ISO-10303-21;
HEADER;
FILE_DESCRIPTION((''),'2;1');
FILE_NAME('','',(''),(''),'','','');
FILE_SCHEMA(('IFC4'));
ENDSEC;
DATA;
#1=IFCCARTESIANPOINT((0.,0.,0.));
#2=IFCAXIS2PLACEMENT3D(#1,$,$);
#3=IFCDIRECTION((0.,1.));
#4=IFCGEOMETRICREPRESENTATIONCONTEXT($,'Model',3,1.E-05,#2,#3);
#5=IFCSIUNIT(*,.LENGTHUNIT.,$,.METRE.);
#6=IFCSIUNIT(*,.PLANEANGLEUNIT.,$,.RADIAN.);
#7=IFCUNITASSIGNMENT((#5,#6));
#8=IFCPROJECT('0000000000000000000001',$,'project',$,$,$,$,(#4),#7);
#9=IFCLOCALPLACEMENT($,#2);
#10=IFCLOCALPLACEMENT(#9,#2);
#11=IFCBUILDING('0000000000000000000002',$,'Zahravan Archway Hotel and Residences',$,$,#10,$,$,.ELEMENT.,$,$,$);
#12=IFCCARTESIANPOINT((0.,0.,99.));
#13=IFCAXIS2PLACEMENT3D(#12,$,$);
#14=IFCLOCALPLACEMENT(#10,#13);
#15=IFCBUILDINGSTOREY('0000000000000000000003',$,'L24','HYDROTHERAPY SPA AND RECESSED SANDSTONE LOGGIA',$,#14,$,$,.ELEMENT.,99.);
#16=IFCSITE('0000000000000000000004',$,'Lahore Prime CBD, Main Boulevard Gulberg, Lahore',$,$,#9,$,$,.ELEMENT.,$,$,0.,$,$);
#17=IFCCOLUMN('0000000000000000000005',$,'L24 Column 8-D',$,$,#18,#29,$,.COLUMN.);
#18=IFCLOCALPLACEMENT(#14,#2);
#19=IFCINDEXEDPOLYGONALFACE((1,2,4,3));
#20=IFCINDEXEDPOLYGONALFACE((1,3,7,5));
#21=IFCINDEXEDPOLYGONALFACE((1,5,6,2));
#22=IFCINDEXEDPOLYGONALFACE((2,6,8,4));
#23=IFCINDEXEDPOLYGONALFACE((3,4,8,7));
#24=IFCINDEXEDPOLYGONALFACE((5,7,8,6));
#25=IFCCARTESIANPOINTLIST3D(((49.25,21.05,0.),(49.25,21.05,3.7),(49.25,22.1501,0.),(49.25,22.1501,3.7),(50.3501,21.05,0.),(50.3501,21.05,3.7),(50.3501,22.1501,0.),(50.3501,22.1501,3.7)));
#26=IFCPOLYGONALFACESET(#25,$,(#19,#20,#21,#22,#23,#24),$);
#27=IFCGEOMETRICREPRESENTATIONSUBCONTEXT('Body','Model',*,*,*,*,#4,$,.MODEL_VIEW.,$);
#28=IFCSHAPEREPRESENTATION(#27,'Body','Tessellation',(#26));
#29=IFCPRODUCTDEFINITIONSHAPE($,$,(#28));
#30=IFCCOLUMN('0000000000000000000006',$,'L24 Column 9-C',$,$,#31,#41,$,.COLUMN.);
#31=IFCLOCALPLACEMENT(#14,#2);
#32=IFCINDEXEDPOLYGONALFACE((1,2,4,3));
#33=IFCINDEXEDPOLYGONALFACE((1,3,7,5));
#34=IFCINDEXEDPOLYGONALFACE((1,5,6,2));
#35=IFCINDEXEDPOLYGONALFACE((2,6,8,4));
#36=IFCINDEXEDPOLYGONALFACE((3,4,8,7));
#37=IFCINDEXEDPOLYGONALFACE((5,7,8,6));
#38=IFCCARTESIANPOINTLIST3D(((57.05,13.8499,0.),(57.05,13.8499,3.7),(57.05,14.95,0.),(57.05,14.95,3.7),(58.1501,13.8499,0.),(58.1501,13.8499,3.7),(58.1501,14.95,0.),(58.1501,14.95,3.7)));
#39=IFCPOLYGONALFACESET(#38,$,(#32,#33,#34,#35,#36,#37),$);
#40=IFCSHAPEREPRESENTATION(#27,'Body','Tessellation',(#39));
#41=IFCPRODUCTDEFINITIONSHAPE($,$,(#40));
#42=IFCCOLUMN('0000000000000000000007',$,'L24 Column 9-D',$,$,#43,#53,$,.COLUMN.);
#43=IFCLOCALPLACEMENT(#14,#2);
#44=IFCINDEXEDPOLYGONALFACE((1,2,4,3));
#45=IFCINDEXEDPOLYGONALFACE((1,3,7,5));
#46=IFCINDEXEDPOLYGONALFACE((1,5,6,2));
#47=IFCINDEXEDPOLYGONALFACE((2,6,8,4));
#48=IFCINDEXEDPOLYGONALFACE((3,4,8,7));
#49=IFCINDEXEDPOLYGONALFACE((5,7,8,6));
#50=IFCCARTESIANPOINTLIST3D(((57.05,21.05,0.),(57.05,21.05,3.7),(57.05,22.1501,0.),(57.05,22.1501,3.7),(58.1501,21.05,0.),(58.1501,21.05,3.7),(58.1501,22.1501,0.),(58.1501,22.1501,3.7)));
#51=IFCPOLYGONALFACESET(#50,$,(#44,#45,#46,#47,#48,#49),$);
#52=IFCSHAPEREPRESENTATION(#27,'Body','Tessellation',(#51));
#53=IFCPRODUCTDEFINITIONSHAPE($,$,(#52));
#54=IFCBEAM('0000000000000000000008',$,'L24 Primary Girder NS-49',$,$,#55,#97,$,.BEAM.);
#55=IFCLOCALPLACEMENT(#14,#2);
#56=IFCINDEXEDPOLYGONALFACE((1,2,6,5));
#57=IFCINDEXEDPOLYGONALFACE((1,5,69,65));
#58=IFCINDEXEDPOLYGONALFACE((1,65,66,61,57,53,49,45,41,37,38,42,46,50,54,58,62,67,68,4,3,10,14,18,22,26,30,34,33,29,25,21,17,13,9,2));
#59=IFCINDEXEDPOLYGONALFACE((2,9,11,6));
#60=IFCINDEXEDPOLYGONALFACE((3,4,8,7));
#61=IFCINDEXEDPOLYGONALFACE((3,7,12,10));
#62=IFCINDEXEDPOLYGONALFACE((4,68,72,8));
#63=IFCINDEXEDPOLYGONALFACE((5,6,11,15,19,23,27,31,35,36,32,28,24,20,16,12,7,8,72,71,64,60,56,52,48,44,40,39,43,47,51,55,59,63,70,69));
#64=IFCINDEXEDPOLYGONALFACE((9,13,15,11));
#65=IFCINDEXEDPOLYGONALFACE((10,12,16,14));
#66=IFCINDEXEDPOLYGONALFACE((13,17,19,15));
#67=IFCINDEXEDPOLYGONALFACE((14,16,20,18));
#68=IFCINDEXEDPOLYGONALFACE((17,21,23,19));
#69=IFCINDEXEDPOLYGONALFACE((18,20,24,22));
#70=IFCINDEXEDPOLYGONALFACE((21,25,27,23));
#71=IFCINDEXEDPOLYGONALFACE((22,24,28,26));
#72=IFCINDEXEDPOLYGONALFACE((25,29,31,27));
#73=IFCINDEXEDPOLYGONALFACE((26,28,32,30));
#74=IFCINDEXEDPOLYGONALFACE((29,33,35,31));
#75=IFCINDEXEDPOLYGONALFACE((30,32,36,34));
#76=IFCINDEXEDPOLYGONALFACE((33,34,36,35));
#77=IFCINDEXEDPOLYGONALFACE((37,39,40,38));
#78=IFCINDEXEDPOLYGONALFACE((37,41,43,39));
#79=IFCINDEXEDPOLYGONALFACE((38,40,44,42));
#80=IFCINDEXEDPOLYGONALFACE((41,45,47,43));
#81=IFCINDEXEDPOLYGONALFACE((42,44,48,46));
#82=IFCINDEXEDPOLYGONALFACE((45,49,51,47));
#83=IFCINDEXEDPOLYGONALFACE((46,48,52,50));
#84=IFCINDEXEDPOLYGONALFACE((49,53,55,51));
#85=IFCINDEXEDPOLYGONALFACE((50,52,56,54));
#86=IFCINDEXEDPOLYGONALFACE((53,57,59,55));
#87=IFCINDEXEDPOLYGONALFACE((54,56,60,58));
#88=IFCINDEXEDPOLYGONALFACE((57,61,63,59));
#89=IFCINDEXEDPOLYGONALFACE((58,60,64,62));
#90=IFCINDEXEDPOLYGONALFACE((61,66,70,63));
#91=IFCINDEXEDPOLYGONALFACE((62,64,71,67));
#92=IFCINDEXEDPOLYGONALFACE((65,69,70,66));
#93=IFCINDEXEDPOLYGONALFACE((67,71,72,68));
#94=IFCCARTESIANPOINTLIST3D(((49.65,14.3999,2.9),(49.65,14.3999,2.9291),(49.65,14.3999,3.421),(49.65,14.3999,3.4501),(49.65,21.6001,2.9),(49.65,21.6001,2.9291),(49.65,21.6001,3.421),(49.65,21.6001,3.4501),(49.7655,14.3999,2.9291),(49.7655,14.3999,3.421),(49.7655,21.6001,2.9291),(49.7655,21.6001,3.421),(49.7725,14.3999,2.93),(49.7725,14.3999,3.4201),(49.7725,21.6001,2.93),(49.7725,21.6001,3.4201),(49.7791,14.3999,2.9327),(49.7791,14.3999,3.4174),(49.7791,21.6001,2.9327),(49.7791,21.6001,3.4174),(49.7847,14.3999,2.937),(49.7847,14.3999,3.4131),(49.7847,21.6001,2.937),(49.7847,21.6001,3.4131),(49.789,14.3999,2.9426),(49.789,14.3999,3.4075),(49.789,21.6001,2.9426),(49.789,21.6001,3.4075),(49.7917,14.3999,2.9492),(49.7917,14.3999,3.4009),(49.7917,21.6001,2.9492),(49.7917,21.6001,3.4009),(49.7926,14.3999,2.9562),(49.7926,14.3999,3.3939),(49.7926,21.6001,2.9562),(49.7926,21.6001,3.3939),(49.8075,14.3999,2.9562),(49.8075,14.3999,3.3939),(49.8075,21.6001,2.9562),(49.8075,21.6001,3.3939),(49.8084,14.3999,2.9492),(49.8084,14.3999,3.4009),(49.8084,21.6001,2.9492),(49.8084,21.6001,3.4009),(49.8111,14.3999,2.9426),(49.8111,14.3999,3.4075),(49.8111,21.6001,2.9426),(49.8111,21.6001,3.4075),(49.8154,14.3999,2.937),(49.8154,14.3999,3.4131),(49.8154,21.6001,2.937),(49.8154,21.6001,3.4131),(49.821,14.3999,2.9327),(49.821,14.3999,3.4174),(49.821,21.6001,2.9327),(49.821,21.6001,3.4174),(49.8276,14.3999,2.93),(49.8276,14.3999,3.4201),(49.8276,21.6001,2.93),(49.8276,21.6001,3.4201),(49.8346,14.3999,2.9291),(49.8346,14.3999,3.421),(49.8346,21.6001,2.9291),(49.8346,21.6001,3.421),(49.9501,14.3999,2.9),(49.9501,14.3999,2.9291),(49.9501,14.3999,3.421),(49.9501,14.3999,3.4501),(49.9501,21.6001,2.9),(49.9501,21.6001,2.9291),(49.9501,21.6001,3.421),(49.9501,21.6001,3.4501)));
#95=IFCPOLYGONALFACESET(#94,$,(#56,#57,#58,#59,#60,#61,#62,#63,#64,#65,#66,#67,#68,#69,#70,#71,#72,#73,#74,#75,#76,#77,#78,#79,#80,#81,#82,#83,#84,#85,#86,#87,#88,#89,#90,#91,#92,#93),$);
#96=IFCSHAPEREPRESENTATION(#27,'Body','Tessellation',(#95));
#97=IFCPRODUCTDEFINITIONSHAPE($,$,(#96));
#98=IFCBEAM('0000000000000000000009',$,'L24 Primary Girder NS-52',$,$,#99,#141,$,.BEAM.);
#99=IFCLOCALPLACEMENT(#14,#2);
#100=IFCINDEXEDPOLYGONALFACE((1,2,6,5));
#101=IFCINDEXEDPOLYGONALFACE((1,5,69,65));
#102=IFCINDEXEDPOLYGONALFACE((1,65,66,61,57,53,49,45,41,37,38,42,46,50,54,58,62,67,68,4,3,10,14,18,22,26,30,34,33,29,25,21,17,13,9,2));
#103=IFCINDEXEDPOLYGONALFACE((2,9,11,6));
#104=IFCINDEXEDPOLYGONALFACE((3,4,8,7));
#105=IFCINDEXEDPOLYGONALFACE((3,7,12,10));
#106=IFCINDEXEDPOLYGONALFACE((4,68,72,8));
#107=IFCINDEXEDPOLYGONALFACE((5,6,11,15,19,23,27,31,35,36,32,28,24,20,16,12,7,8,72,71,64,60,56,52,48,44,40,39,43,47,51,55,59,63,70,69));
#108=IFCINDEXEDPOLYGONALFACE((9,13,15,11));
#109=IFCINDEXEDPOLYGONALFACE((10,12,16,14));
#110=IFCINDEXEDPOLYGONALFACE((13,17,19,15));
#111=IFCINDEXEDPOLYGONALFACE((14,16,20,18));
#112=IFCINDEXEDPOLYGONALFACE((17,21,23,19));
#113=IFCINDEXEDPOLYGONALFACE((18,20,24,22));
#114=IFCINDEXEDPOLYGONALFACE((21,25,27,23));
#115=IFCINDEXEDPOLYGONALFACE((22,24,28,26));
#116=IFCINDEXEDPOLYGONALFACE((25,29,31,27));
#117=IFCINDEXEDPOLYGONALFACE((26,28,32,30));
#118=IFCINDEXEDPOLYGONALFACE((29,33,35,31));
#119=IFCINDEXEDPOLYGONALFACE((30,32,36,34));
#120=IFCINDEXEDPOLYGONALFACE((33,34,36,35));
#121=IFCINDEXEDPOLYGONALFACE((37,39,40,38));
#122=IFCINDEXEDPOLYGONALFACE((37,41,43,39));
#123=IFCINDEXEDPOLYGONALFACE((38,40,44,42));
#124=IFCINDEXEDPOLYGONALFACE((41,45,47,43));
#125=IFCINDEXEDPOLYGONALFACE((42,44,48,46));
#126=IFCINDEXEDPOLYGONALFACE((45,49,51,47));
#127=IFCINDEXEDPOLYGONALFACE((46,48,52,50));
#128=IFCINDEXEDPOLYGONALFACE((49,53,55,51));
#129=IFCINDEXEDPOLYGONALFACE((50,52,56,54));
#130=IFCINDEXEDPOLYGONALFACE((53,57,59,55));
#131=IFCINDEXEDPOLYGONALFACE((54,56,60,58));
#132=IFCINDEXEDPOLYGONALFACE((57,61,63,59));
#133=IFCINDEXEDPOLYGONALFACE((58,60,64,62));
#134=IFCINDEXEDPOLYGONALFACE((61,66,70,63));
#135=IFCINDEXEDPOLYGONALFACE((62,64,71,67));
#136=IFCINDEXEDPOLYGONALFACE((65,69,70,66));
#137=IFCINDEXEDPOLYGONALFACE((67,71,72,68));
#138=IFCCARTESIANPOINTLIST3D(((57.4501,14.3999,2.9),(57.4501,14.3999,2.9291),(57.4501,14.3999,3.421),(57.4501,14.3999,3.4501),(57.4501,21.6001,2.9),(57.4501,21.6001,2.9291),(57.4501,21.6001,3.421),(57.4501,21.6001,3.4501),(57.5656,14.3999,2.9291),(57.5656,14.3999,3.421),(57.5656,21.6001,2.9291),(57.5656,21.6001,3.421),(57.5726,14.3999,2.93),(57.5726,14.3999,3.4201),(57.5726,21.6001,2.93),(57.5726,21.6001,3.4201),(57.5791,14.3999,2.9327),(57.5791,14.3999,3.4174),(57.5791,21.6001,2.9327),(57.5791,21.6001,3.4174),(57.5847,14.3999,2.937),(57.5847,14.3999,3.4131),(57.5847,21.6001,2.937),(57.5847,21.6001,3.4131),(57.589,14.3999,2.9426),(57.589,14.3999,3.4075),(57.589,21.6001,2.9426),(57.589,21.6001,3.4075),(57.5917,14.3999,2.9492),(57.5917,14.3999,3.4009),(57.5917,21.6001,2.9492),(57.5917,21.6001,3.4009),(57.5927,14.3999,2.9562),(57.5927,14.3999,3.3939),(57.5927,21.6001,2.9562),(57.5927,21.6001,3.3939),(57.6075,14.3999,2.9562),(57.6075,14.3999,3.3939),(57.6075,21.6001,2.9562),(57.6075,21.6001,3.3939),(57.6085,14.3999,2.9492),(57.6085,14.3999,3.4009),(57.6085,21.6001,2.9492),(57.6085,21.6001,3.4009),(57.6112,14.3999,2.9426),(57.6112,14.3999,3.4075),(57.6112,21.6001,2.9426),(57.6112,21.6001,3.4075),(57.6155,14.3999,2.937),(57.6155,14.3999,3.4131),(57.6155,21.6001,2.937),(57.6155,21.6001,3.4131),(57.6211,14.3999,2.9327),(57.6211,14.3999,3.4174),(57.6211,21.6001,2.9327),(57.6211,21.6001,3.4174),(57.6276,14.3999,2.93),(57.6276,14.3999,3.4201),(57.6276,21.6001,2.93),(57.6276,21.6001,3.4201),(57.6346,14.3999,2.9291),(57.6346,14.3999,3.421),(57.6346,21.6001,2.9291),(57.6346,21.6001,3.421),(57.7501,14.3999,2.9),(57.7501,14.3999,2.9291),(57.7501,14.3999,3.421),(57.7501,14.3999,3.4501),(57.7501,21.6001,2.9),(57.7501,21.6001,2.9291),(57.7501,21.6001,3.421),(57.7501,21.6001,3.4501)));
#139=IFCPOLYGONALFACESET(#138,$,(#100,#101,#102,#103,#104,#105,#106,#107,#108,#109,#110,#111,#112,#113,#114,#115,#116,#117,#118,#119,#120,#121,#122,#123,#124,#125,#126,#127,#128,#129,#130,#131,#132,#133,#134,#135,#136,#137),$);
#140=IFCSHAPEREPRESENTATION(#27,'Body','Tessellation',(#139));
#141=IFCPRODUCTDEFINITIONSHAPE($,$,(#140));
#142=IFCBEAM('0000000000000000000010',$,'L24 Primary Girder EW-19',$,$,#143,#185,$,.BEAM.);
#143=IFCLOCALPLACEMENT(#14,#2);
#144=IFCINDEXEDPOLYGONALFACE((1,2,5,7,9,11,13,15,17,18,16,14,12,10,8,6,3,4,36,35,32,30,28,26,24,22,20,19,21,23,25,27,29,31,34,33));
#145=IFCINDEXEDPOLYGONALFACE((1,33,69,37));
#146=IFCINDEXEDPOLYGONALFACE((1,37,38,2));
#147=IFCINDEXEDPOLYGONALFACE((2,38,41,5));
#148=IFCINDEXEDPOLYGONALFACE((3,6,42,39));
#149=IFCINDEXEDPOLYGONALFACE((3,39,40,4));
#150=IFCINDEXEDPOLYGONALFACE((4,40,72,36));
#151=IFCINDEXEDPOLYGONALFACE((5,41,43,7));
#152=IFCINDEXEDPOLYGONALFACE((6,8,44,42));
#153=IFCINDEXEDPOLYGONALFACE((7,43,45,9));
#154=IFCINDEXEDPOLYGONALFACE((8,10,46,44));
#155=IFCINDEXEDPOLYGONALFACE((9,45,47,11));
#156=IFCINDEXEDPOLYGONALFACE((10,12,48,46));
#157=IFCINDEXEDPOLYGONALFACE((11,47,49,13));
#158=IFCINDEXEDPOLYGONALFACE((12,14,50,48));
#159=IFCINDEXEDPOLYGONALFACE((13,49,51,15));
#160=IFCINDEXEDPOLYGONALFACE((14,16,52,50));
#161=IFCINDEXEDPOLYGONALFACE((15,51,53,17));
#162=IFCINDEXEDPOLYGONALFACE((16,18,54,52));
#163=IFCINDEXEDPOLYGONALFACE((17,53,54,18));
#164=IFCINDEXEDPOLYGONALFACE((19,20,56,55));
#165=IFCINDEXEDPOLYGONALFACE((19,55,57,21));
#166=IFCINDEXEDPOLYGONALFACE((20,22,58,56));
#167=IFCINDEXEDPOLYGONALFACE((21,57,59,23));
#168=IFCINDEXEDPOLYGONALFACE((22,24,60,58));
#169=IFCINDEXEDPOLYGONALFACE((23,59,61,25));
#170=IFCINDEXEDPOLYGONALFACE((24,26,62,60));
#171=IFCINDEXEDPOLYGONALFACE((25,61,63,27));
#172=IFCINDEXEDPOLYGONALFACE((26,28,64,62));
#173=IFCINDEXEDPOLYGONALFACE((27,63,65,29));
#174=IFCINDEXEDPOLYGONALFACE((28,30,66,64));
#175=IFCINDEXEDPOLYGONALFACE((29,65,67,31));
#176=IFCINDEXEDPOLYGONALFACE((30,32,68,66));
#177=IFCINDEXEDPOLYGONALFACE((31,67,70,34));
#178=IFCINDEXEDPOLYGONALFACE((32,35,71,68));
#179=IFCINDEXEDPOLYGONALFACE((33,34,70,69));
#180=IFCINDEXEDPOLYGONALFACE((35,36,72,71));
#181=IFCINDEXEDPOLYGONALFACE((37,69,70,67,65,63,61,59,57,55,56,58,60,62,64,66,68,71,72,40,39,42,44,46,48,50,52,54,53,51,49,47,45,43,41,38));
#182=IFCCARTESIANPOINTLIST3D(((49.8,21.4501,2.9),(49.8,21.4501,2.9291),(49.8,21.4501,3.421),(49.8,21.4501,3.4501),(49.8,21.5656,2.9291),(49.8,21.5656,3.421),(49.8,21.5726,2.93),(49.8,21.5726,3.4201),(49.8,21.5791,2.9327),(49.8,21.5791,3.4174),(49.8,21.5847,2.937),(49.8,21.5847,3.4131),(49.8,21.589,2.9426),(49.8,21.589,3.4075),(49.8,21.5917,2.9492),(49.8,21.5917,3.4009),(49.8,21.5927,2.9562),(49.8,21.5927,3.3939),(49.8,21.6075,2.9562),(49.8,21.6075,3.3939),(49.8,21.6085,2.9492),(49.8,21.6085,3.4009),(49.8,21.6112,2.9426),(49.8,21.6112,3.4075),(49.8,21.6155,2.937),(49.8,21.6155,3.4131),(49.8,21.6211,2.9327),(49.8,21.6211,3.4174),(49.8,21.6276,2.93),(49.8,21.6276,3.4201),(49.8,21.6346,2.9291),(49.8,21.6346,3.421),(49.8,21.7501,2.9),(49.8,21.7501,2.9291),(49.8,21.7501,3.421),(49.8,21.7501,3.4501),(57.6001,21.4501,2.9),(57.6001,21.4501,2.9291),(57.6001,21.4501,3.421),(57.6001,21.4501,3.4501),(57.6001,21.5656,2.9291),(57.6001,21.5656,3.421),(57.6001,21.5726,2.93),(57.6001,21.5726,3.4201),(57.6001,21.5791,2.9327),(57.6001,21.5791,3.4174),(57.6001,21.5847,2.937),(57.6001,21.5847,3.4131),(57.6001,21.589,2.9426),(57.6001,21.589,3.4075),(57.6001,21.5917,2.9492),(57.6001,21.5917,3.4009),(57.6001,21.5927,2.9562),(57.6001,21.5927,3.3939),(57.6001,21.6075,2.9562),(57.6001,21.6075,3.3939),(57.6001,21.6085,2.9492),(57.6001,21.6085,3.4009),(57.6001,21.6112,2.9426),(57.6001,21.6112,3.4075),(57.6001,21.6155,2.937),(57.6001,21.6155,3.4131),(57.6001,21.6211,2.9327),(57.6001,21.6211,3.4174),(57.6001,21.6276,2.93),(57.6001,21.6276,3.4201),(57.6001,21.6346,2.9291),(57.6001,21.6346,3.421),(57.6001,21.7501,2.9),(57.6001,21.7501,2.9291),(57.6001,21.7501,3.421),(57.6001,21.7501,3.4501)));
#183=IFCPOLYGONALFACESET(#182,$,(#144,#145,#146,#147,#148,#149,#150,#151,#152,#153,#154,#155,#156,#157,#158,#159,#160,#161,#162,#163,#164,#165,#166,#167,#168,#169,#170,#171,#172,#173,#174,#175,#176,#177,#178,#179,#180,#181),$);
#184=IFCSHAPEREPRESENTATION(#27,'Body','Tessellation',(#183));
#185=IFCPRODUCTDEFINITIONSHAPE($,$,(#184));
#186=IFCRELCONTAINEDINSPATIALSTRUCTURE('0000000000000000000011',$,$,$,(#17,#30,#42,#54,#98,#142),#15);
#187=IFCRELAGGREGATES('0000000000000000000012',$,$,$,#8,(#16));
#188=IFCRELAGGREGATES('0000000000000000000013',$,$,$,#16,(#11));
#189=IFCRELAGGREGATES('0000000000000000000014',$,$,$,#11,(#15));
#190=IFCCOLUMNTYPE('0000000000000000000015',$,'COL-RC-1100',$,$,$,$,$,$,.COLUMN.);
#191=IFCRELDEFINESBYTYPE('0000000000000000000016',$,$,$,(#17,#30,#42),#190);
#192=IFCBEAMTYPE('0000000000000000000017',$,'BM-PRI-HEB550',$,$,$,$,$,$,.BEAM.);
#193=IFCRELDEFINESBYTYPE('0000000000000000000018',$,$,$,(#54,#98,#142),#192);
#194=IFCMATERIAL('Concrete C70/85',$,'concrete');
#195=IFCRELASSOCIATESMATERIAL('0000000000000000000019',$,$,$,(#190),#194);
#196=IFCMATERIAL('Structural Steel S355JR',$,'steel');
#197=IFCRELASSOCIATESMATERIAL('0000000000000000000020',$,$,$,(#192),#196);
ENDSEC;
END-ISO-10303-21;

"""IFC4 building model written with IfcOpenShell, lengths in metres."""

from ifc_helpers import new_model, si_unit, direction, frame, origin, origin_2d, place, context, subcontext, project, spatial, rectangle, i_section, extrude, source, transform, mapped, material, material_profile, profile_set, type_object, type_shapes, element, save


model = new_model("IFC4")

# Units and contexts
model_context = context("Model", 3, precision=1e-05, world=origin(), true_north=direction((0.0, 1.0)))
body_context = subcontext(model_context, "Body", "Model", "MODEL_VIEW")
ifc_project = project(units=[si_unit("LENGTHUNIT", "METRE"), si_unit("PLANEANGLEUNIT", "RADIAN")], contexts=[model_context])

# Site, building, storey
site_placement = place(None, origin())
site = spatial("IfcSite", under=ifc_project, at=site_placement, Name="Lahore Prime CBD, Main Boulevard Gulberg, Lahore", CompositionType="ELEMENT", RefElevation=0.0)
building_placement = place(site_placement, origin())
building = spatial("IfcBuilding", under=site, at=building_placement, Name="Zahravan Archway Hotel and Residences", CompositionType="ELEMENT")
storey_placement = place(building_placement, frame((0.0, 0.0, 99.0)))
storey = spatial("IfcBuildingStorey", under=building, at=storey_placement, Name="L24", Description="HYDROTHERAPY SPA AND RECESSED SANDSTONE LOGGIA", CompositionType="ELEMENT", Elevation=99.0)

# Columns
ifc_material_1 = material(Name="Concrete C70/85", Category="concrete")
ifc_material_profile_1 = material_profile(ifc_material_1, rectangle(XDim=1.1001, YDim=1.1001, at=origin_2d()), Name="RC 1100x1100", Category="concrete")
ifc_profile_set_1 = profile_set([ifc_material_profile_1], Name="Concrete C70/85")
column_type = type_object("IfcColumnType", Name="COL-RC-1100", PredefinedType="COLUMN", material=ifc_profile_set_1)
shared_shape_1 = source(origin(), body_context, "Body", "SweptSolid", [
    extrude(rectangle(XDim=1.1001, YDim=1.1001, at=origin_2d()), origin(), (0.0, 0.0, 1.0), 3.7),
])
for number, where, z_axis, x_axis, name in (
    (1, (49.8, 21.6001, 0.0), (0.0, 0.0, 1.0), (1.0, 0.0, 0.0), "L24 Column 8-D"),
    (2, (57.6001, 14.3999, 0.0), (0.0, 0.0, 1.0), (1.0, 0.0, 0.0), "L24 Column 9-C"),
    (3, (57.6001, 21.6001, 0.0), (0.0, 0.0, 1.0), (1.0, 0.0, 0.0), "L24 Column 9-D"),
):
    element("IfcColumn", number, at=place(storey_placement, frame(where, z_axis=z_axis, x_axis=x_axis)), inside=storey, type_object=column_type, Name=name, PredefinedType="COLUMN", context=body_context, shape_type="MappedRepresentation", body=[
        mapped(shared_shape_1, transform((0.0, 0.0, 0.0), scale=1.0)),
    ])

# Beams
ifc_material_2 = material(Name="Structural Steel S355JR", Category="steel")
ifc_material_profile_2 = material_profile(ifc_material_2, i_section(OverallWidth=0.3, OverallDepth=0.55, WebThickness=0.0149, FlangeThickness=0.0291, FilletRadius=0.0271, at=origin_2d()), Name="HEB 550", Category="steel")
ifc_profile_set_2 = profile_set([ifc_material_profile_2], Name="Structural Steel S355JR")
beam_type_1 = type_object("IfcBeamType", Name="BM-PRI-HEB550", PredefinedType="BEAM", material=ifc_profile_set_2)
shared_shape_2 = source(origin(), body_context, "Body", "SweptSolid", [
    extrude(i_section(OverallWidth=0.3, OverallDepth=0.55, WebThickness=0.0149, FlangeThickness=0.0291, FilletRadius=0.0271, at=origin_2d()), origin(), (0.0, 0.0, 1.0), 7.2002),
])
type_shapes(beam_type_1, [shared_shape_2])
for number, where, z_axis, x_axis, name in (
    (4, (49.8, 14.3999, 3.175), (0.0, 1.0, 0.0), (-1.0, 0.0, 0.0), "L24 Primary Girder NS-49"),
    (5, (57.6001, 14.3999, 3.175), (0.0, 1.0, 0.0), (-1.0, 0.0, 0.0), "L24 Primary Girder NS-52"),
):
    element("IfcBeam", number, at=place(storey_placement, frame(where, z_axis=z_axis, x_axis=x_axis)), inside=storey, type_object=beam_type_1, Name=name, PredefinedType="BEAM", context=body_context, shape_type="MappedRepresentation", body=[
        mapped(shared_shape_2, transform((0.0, 0.0, 0.0), scale=1.0)),
    ])
shared_shape_3 = source(origin(), body_context, "Body", "SweptSolid", [
    extrude(i_section(OverallWidth=0.3, OverallDepth=0.55, WebThickness=0.0149, FlangeThickness=0.0291, FilletRadius=0.0271, at=origin_2d()), origin(), (0.0, 0.0, 1.0), 7.8),
])
beam_1_placement = place(storey_placement, frame((49.8, 21.6001, 3.175), z_axis=(1.0, 0.0, 0.0), x_axis=(0.0, 1.0, 0.0)))
element("IfcBeam", 6, at=beam_1_placement, inside=storey, type_object=beam_type_1, Name="L24 Primary Girder EW-19", PredefinedType="BEAM", context=body_context, shape_type="MappedRepresentation", body=[
    mapped(shared_shape_3, transform((0.0, 0.0, 0.0), scale=1.0)),
])

save(model, "model.ifc")
